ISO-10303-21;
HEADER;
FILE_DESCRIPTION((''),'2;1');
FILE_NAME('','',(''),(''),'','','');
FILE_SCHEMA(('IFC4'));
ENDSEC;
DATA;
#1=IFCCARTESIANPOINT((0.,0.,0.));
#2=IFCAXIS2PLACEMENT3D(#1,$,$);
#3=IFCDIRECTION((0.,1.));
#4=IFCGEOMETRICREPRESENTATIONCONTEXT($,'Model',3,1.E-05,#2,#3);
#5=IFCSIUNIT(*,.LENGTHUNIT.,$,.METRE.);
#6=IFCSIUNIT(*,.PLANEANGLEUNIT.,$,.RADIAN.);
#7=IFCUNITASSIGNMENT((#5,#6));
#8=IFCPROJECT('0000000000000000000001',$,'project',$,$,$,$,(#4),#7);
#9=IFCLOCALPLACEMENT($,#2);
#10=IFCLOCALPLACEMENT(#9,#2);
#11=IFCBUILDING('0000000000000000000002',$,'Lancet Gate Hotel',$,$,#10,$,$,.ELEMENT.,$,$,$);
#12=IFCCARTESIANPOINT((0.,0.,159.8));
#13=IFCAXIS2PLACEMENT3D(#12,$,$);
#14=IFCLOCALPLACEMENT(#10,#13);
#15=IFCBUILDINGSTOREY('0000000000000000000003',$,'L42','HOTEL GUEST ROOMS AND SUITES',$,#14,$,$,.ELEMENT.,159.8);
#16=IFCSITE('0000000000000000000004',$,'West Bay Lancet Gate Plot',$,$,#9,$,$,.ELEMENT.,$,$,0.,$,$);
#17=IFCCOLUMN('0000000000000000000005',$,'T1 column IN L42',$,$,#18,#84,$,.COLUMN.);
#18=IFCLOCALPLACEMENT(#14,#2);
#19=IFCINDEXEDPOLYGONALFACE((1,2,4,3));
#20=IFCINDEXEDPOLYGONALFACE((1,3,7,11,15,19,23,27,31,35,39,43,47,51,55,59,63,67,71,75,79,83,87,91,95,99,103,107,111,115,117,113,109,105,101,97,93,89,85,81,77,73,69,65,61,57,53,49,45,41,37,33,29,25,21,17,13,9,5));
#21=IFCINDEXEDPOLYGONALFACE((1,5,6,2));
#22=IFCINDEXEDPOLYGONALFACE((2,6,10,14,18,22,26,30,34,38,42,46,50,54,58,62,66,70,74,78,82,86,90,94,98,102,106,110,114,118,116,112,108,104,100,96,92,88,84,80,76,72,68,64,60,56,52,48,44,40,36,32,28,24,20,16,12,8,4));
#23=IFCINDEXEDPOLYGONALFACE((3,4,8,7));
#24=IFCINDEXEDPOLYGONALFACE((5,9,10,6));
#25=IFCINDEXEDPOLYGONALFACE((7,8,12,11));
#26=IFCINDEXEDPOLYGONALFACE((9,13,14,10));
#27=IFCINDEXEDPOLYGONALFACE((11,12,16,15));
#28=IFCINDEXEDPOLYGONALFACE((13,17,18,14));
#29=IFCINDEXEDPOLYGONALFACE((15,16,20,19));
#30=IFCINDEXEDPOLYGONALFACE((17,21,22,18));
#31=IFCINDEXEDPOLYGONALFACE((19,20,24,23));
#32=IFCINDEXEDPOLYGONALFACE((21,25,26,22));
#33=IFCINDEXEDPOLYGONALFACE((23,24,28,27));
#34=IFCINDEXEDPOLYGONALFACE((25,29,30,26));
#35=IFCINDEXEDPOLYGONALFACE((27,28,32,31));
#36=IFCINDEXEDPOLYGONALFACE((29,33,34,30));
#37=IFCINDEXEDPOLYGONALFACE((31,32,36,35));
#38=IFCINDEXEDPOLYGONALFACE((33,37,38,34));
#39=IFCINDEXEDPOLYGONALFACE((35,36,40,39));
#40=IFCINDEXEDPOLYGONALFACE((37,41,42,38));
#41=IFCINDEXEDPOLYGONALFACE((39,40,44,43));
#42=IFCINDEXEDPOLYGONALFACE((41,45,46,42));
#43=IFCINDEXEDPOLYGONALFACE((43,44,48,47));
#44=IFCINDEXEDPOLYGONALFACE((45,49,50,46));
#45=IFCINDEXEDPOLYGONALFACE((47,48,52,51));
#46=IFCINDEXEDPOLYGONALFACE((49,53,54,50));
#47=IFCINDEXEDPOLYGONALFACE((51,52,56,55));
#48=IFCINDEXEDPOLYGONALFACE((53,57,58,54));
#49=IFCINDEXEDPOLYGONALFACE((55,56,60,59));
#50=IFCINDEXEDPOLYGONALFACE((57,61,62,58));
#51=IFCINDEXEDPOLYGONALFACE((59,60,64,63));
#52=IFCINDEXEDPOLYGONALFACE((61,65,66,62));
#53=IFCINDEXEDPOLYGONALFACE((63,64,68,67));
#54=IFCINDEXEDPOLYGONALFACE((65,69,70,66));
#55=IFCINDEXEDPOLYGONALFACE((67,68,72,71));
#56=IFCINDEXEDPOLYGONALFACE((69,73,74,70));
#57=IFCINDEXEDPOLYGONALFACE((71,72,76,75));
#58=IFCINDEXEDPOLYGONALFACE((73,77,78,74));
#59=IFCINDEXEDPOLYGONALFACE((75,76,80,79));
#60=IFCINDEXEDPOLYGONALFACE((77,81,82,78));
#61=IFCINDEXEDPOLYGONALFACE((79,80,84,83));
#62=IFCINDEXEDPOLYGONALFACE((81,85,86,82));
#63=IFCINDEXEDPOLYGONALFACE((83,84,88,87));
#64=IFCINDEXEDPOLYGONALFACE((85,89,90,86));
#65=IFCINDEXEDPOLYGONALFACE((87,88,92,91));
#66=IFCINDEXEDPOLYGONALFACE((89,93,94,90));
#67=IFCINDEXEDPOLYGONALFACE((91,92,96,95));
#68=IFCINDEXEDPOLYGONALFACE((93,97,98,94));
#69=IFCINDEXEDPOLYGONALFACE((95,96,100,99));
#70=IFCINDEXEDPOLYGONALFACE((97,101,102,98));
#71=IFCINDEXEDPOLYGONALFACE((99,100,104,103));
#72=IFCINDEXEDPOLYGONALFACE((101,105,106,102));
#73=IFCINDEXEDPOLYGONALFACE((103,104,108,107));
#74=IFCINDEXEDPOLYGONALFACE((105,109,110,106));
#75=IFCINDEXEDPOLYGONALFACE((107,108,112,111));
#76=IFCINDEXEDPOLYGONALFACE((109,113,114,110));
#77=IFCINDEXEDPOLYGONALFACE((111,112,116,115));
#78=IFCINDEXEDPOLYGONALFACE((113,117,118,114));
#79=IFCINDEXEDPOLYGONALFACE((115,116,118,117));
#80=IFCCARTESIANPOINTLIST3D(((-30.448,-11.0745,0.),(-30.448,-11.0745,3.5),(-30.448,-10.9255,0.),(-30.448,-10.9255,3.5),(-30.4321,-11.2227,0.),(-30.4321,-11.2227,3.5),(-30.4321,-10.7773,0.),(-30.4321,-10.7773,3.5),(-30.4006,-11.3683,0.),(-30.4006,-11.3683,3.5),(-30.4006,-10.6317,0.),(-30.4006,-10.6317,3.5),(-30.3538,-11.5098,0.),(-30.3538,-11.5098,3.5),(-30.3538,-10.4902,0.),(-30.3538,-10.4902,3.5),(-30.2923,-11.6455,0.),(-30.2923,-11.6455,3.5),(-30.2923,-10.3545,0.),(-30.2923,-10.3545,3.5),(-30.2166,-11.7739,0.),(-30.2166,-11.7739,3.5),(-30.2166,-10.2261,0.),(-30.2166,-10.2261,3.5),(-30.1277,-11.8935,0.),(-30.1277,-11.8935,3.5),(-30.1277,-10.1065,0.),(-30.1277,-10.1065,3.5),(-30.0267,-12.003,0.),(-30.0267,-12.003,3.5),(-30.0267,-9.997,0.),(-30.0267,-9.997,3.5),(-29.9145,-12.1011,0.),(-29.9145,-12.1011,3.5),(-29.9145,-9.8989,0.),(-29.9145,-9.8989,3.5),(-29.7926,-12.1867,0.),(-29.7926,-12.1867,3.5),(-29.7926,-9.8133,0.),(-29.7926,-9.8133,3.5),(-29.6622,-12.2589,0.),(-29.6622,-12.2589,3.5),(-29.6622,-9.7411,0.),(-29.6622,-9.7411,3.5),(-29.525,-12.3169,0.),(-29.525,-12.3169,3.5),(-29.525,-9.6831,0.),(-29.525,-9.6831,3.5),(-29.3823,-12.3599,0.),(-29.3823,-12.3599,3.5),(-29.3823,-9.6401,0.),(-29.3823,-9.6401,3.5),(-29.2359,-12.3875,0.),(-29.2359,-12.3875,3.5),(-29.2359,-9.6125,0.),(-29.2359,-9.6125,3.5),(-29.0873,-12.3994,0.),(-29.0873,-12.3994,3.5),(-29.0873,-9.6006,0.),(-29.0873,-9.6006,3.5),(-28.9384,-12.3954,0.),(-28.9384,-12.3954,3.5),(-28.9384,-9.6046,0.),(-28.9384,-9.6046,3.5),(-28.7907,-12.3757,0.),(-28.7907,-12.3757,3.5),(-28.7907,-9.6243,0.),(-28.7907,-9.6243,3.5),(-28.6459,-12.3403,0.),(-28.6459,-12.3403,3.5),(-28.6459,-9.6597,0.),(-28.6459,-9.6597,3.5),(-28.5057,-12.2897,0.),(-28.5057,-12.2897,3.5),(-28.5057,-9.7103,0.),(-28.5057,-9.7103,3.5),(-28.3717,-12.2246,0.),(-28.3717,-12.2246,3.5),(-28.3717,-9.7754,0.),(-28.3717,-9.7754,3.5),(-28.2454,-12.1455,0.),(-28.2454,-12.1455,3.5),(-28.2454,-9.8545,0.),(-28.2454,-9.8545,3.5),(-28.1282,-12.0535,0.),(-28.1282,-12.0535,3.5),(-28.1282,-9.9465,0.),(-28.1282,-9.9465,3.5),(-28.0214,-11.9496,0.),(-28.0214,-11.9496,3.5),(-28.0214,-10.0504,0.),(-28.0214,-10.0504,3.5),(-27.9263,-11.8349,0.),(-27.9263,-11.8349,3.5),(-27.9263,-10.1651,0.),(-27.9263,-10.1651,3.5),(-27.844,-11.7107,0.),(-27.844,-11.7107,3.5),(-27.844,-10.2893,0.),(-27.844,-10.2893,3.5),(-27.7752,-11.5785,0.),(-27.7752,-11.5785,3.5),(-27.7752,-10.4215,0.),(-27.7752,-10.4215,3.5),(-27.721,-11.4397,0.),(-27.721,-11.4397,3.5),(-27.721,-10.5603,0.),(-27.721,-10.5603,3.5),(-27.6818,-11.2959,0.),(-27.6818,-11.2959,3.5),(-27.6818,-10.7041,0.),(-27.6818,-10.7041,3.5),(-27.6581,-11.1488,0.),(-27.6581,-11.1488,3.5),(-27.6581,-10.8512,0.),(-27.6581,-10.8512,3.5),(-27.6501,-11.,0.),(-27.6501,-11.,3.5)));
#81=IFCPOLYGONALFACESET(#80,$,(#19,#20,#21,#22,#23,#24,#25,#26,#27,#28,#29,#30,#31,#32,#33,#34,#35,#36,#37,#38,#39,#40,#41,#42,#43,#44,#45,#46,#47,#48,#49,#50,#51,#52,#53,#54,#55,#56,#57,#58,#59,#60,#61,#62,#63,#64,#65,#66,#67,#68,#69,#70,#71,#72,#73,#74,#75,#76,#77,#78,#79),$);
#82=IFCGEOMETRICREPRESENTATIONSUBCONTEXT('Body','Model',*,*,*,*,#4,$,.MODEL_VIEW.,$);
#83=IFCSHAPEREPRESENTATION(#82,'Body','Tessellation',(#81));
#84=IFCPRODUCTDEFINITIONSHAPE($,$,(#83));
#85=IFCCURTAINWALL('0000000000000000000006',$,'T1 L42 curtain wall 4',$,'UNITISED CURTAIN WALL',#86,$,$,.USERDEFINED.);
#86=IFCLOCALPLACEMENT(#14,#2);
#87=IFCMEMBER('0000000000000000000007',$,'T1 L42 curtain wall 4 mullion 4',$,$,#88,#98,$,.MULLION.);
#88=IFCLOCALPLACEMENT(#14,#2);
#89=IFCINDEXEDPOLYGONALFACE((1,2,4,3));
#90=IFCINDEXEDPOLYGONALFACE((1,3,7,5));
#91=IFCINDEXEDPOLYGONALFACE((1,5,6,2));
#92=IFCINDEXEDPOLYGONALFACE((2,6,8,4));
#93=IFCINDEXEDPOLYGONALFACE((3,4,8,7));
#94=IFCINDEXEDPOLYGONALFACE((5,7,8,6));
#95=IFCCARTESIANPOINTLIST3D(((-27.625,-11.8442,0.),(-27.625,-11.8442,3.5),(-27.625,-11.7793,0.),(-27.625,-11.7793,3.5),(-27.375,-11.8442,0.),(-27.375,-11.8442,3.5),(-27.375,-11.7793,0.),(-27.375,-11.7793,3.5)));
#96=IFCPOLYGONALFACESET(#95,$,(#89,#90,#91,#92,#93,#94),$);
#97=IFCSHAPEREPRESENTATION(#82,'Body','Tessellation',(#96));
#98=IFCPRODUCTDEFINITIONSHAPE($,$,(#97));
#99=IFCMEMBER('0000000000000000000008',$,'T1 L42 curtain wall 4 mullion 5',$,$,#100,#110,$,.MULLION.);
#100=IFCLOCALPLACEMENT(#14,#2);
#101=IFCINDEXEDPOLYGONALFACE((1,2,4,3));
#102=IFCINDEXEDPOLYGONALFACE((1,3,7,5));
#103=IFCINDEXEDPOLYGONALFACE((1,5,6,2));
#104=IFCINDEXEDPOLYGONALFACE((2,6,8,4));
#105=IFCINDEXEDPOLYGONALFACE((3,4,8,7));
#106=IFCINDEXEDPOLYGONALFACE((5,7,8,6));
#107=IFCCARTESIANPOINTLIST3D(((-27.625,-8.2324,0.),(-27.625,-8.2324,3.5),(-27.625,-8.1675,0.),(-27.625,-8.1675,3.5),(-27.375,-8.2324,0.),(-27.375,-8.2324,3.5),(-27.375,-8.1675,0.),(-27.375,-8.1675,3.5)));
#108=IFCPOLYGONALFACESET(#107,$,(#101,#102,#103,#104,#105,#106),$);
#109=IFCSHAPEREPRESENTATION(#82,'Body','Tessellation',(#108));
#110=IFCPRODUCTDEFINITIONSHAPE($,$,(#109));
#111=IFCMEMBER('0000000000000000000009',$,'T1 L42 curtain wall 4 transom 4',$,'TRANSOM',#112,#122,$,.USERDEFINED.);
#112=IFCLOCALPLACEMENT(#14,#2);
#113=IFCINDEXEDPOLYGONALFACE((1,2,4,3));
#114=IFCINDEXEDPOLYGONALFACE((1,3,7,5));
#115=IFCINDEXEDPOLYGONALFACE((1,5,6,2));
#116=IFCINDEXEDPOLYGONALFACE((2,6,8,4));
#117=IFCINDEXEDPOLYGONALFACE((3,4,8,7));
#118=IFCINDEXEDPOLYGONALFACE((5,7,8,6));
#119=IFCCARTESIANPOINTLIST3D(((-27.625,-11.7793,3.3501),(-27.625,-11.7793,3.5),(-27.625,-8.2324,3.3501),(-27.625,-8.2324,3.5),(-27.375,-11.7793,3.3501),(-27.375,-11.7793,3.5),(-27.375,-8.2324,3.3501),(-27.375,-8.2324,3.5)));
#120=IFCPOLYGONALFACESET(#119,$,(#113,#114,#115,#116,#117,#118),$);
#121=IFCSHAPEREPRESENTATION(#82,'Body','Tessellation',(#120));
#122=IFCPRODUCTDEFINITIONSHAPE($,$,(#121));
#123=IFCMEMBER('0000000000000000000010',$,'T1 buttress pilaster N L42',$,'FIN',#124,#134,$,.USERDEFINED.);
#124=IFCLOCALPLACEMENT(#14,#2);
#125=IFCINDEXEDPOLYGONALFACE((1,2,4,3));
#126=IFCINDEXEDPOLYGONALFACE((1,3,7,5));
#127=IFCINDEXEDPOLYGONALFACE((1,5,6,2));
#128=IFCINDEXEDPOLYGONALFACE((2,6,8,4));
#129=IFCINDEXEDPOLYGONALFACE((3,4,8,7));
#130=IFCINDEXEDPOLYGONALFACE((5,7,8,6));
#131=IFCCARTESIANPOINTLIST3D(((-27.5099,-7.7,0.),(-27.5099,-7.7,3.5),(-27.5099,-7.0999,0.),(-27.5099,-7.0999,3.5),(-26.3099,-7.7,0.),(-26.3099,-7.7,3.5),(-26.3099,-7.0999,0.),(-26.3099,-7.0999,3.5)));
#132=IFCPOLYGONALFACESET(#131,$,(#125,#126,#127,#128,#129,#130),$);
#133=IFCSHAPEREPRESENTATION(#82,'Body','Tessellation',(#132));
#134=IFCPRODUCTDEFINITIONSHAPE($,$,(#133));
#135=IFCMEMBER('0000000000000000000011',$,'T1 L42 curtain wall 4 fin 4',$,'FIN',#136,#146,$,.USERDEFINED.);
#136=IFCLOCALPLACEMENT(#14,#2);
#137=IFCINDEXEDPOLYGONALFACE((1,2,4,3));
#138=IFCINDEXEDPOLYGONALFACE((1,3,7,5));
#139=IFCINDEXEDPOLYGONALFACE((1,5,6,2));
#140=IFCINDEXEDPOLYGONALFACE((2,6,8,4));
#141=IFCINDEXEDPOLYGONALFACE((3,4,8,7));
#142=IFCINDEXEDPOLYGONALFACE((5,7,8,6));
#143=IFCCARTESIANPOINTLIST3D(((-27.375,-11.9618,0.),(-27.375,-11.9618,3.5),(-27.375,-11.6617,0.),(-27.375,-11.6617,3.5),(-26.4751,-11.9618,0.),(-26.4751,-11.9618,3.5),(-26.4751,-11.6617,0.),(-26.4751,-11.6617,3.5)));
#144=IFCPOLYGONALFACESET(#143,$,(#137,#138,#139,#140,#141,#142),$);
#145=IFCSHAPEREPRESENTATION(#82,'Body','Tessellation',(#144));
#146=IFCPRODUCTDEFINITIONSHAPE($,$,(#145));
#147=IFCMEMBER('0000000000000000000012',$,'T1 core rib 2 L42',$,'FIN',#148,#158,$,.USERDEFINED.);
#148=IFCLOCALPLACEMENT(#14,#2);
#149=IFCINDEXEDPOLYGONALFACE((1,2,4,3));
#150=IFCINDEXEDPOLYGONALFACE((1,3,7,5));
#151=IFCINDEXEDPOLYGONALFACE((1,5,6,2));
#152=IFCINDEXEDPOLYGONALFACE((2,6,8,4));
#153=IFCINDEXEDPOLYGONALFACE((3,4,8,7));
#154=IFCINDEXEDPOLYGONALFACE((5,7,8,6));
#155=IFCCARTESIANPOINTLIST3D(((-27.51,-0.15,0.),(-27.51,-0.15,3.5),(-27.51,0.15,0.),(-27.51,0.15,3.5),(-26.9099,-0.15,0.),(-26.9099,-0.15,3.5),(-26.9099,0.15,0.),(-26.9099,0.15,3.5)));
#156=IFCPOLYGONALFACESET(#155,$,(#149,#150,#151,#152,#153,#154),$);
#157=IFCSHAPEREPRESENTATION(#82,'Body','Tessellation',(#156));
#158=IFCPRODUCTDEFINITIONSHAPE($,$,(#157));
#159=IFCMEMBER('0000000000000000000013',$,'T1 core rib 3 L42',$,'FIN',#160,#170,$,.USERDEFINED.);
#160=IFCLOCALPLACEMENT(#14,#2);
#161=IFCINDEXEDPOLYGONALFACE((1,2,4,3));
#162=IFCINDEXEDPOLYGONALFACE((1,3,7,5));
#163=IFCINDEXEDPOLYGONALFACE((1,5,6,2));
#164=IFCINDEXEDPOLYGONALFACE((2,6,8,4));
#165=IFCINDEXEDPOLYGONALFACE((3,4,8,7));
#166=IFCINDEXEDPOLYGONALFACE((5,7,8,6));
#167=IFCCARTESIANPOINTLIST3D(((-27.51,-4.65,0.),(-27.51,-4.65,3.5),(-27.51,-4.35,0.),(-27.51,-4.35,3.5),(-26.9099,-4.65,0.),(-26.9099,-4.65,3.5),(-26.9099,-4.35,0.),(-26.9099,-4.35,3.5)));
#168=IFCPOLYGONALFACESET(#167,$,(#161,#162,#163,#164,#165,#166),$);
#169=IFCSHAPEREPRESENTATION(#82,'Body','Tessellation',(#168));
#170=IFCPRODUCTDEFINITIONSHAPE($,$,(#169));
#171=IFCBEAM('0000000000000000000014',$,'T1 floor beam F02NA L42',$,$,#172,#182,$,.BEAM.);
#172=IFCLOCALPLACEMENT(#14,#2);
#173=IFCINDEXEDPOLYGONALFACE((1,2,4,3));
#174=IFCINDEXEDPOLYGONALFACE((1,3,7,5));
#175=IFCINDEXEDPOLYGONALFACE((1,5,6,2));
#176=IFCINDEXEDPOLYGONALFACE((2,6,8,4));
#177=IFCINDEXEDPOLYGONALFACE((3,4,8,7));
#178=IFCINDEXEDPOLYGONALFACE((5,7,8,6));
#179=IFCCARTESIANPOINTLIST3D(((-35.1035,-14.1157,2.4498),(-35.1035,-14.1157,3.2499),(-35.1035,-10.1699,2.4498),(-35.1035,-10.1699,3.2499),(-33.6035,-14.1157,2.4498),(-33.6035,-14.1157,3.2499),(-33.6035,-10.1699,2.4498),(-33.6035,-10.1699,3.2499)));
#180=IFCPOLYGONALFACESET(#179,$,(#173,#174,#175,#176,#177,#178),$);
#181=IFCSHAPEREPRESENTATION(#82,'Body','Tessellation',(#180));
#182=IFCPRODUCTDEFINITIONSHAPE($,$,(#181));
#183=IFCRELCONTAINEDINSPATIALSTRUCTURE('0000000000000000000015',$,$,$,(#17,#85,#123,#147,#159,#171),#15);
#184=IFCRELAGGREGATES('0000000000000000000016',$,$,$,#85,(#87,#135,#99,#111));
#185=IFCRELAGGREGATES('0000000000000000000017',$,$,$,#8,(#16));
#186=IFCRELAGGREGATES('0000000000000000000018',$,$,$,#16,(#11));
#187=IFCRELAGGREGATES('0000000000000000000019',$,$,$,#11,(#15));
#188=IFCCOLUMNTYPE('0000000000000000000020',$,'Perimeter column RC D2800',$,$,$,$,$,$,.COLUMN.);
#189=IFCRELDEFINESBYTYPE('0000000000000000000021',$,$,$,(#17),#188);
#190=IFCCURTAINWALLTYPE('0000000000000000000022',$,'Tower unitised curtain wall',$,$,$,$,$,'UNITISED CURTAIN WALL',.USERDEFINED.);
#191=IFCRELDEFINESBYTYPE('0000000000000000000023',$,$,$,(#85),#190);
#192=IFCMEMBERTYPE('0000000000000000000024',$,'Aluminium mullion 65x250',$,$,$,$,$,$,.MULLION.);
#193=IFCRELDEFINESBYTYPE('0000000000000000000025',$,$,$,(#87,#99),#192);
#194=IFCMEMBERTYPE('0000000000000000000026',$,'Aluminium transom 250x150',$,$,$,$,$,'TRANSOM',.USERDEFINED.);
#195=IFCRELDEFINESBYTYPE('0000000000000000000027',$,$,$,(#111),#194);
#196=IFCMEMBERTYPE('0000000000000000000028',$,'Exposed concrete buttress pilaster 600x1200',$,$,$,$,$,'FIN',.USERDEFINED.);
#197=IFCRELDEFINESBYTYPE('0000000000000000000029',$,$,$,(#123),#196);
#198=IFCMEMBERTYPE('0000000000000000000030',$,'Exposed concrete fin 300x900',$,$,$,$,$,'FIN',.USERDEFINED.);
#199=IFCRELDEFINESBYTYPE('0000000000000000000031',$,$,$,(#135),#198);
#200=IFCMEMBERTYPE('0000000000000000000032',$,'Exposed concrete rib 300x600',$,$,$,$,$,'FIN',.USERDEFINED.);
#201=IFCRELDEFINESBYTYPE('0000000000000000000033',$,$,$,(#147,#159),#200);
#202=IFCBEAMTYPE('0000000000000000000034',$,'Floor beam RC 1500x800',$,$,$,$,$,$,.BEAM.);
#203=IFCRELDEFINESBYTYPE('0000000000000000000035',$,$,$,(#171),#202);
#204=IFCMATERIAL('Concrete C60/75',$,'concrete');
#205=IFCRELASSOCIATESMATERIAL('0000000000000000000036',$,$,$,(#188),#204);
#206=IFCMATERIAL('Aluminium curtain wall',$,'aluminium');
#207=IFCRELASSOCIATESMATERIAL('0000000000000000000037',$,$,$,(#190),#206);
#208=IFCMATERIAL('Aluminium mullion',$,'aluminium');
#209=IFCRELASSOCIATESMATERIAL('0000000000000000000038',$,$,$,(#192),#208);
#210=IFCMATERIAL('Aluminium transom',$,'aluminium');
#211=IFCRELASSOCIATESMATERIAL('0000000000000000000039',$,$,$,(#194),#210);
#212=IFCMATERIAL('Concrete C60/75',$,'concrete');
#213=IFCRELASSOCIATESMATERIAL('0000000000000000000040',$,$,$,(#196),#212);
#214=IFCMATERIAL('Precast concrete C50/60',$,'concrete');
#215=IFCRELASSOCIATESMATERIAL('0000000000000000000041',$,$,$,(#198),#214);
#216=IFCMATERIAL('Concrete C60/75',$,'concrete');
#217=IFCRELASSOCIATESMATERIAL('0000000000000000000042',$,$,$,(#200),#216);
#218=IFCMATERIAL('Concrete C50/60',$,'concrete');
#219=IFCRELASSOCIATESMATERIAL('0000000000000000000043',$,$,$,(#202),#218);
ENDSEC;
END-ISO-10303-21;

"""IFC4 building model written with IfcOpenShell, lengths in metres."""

from ifc_helpers import new_model, si_unit, direction, frame, origin, origin_2d, place, context, subcontext, project, spatial, rectangle, circle, extrude, material, material_profile, profile_set, type_object, element, aggregate, save


model = new_model("IFC4")

# Units and contexts
model_context = context("Model", 3, precision=1e-05, world=origin(), true_north=direction((0.0, 1.0)))
body_context = subcontext(model_context, "Body", "Model", "MODEL_VIEW")
ifc_project = project(units=[si_unit("LENGTHUNIT", "METRE"), si_unit("PLANEANGLEUNIT", "RADIAN")], contexts=[model_context])

# Site, building, storey
site_placement = place(None, origin())
site = spatial("IfcSite", under=ifc_project, at=site_placement, Name="West Bay Lancet Gate Plot", CompositionType="ELEMENT", RefElevation=0.0)
building_placement = place(site_placement, origin())
building = spatial("IfcBuilding", under=site, at=building_placement, Name="Lancet Gate Hotel", CompositionType="ELEMENT")
storey_placement = place(building_placement, frame((0.0, 0.0, 159.8)))
storey = spatial("IfcBuildingStorey", under=building, at=storey_placement, Name="L42", Description="HOTEL GUEST ROOMS AND SUITES", CompositionType="ELEMENT", Elevation=159.8)

# Column
ifc_material_1 = material(Name="Concrete C60/75", Category="concrete")
ifc_material_profile_1 = material_profile(ifc_material_1, circle(Radius=1.3999, at=origin_2d()), Name="RC D2800")
ifc_profile_set_1 = profile_set([ifc_material_profile_1], Name="Concrete C60/75")
column_type = type_object("IfcColumnType", Name="Perimeter column RC D2800", PredefinedType="COLUMN", material=ifc_profile_set_1)
column_placement = place(storey_placement, frame((-29.05, -11.0, 0.0), z_axis=(0.0, 0.0, 1.0), x_axis=(1.0, 0.0, 0.0)))
element("IfcColumn", 1, at=column_placement, inside=storey, type_object=column_type, Name="T1 column IN L42", PredefinedType="COLUMN", context=body_context, shape_type="SweptSolid", body=[
    extrude(circle(Radius=1.3999, at=origin_2d()), origin(), (0.0, 0.0, 1.0), 3.5),
])

# Curtain wall, members
ifc_material_2 = material(Name="Aluminium curtain wall", Category="aluminium")
curtain_wall_type = type_object("IfcCurtainWallType", Name="Tower unitised curtain wall", ElementType="UNITISED CURTAIN WALL", PredefinedType="USERDEFINED", material=ifc_material_2)
curtain_wall_placement = place(storey_placement, origin())
curtain_wall = element("IfcCurtainWall", 2, at=curtain_wall_placement, inside=storey, type_object=curtain_wall_type, Name="T1 L42 curtain wall 4", ObjectType="UNITISED CURTAIN WALL", PredefinedType="USERDEFINED")
ifc_material_3 = material(Name="Aluminium mullion", Category="aluminium")
ifc_material_profile_2 = material_profile(ifc_material_3, rectangle(XDim=0.0649, YDim=0.25, at=origin_2d()), Name="MULLION 65x250")
ifc_profile_set_2 = profile_set([ifc_material_profile_2], Name="Aluminium mullion")
member_type_1 = type_object("IfcMemberType", Name="Aluminium mullion 65x250", PredefinedType="MULLION", material=ifc_profile_set_2)
member_1_placement = place(storey_placement, frame((-27.5, -11.8118, 0.0), z_axis=(0.0, 0.0, 1.0), x_axis=(0.0, 1.0, 0.0)))
member_1 = element("IfcMember", 3, at=member_1_placement, type_object=member_type_1, Name="T1 L42 curtain wall 4 mullion 4", PredefinedType="MULLION", context=body_context, shape_type="SweptSolid", body=[
    extrude(rectangle(XDim=0.0649, YDim=0.25, at=origin_2d()), origin(), (0.0, 0.0, 1.0), 3.5),
])
member_2_placement = place(storey_placement, frame((-27.5, -8.2, 0.0), z_axis=(0.0, 0.0, 1.0), x_axis=(0.0, 1.0, 0.0)))
member_2 = element("IfcMember", 4, at=member_2_placement, type_object=member_type_1, Name="T1 L42 curtain wall 4 mullion 5", PredefinedType="MULLION", context=body_context, shape_type="SweptSolid", body=[
    extrude(rectangle(XDim=0.0649, YDim=0.25, at=origin_2d()), origin(), (0.0, 0.0, 1.0), 3.5),
])
ifc_material_4 = material(Name="Aluminium transom", Category="aluminium")
ifc_material_profile_3 = material_profile(ifc_material_4, rectangle(XDim=0.25, YDim=0.1499, at=origin_2d()), Name="TRANSOM 250x150")
ifc_profile_set_3 = profile_set([ifc_material_profile_3], Name="Aluminium transom")
member_type_2 = type_object("IfcMemberType", Name="Aluminium transom 250x150", ElementType="TRANSOM", PredefinedType="USERDEFINED", material=ifc_profile_set_3)
member_3_placement = place(storey_placement, frame((-27.5, -11.7793, 3.425), z_axis=(0.0, 1.0, 0.0), x_axis=(-1.0, 0.0, 0.0)))
member_3 = element("IfcMember", 5, at=member_3_placement, type_object=member_type_2, Name="T1 L42 curtain wall 4 transom 4", ObjectType="TRANSOM", PredefinedType="USERDEFINED", context=body_context, shape_type="SweptSolid", body=[
    extrude(rectangle(XDim=0.25, YDim=0.1499, at=origin_2d()), origin(), (0.0, 0.0, 1.0), 3.5469),
])

# Members
ifc_material_5 = material(Name="Concrete C60/75", Category="concrete")
ifc_material_profile_4 = material_profile(ifc_material_5, rectangle(XDim=0.6001, YDim=1.2, at=origin_2d()), Name="FIN 600x1200")
ifc_profile_set_4 = profile_set([ifc_material_profile_4], Name="Concrete C60/75")
member_type_3 = type_object("IfcMemberType", Name="Exposed concrete buttress pilaster 600x1200", ElementType="FIN", PredefinedType="USERDEFINED", material=ifc_profile_set_4)
member_4_placement = place(storey_placement, frame((-26.9099, -7.3999, 0.0), z_axis=(0.0, 0.0, 1.0), x_axis=(0.0, 1.0, 0.0)))
element("IfcMember", 6, at=member_4_placement, inside=storey, type_object=member_type_3, Name="T1 buttress pilaster N L42", ObjectType="FIN", PredefinedType="USERDEFINED", context=body_context, shape_type="SweptSolid", body=[
    extrude(rectangle(XDim=0.6001, YDim=1.2, at=origin_2d()), origin(), (0.0, 0.0, 1.0), 3.5),
])
ifc_material_6 = material(Name="Precast concrete C50/60", Category="concrete")
ifc_material_profile_5 = material_profile(ifc_material_6, rectangle(XDim=0.3, YDim=0.8999, at=origin_2d()), Name="FIN 300x900")
ifc_profile_set_5 = profile_set([ifc_material_profile_5], Name="Precast concrete C50/60")
member_type_4 = type_object("IfcMemberType", Name="Exposed concrete fin 300x900", ElementType="FIN", PredefinedType="USERDEFINED", material=ifc_profile_set_5)
member_5_placement = place(storey_placement, frame((-26.925, -11.8118, 0.0), z_axis=(0.0, 0.0, 1.0), x_axis=(0.0, 1.0, 0.0)))
member_5 = element("IfcMember", 7, at=member_5_placement, type_object=member_type_4, Name="T1 L42 curtain wall 4 fin 4", ObjectType="FIN", PredefinedType="USERDEFINED", context=body_context, shape_type="SweptSolid", body=[
    extrude(rectangle(XDim=0.3, YDim=0.8999, at=origin_2d()), origin(), (0.0, 0.0, 1.0), 3.5),
])

# Members
ifc_material_7 = material(Name="Concrete C60/75", Category="concrete")
ifc_material_profile_6 = material_profile(ifc_material_7, rectangle(XDim=0.3, YDim=0.6001, at=origin_2d()), Name="FIN 300x600")
ifc_profile_set_6 = profile_set([ifc_material_profile_6], Name="Concrete C60/75")
member_type_5 = type_object("IfcMemberType", Name="Exposed concrete rib 300x600", ElementType="FIN", PredefinedType="USERDEFINED", material=ifc_profile_set_6)
for number, where, z_axis, x_axis, name in (
    (8, (-27.21, 0.0, 0.0), (0.0, 0.0, 1.0), (0.0, 1.0, 0.0), "T1 core rib 2 L42"),
    (9, (-27.21, -4.5, 0.0), (0.0, 0.0, 1.0), (0.0, 1.0, 0.0), "T1 core rib 3 L42"),
):
    element("IfcMember", number, at=place(storey_placement, frame(where, z_axis=z_axis, x_axis=x_axis)), inside=storey, type_object=member_type_5, Name=name, ObjectType="FIN", PredefinedType="USERDEFINED", context=body_context, shape_type="SweptSolid", body=[
        extrude(rectangle(XDim=0.3, YDim=0.6001, at=origin_2d()), origin(), (0.0, 0.0, 1.0), 3.5),
    ])

# Beam
ifc_material_8 = material(Name="Concrete C50/60", Category="concrete")
ifc_material_profile_7 = material_profile(ifc_material_8, rectangle(XDim=1.5, YDim=0.8, at=origin_2d()), Name="RC 1500x800")
ifc_profile_set_7 = profile_set([ifc_material_profile_7], Name="Concrete C50/60")
beam_type_1 = type_object("IfcBeamType", Name="Floor beam RC 1500x800", PredefinedType="BEAM", material=ifc_profile_set_7)
beam_1_placement = place(storey_placement, frame((-34.3535, -10.1699, 2.8499), z_axis=(0.0, -1.0, 0.0), x_axis=(1.0, 0.0, 0.0)))
element("IfcBeam", 10, at=beam_1_placement, inside=storey, type_object=beam_type_1, Name="T1 floor beam F02NA L42", PredefinedType="BEAM", context=body_context, shape_type="SweptSolid", body=[
    extrude(rectangle(XDim=1.5, YDim=0.8, at=origin_2d()), origin(), (0.0, 0.0, 1.0), 3.9458),
])

aggregate(curtain_wall, [member_1, member_5, member_2, member_3])

save(model, "model.ifc")
